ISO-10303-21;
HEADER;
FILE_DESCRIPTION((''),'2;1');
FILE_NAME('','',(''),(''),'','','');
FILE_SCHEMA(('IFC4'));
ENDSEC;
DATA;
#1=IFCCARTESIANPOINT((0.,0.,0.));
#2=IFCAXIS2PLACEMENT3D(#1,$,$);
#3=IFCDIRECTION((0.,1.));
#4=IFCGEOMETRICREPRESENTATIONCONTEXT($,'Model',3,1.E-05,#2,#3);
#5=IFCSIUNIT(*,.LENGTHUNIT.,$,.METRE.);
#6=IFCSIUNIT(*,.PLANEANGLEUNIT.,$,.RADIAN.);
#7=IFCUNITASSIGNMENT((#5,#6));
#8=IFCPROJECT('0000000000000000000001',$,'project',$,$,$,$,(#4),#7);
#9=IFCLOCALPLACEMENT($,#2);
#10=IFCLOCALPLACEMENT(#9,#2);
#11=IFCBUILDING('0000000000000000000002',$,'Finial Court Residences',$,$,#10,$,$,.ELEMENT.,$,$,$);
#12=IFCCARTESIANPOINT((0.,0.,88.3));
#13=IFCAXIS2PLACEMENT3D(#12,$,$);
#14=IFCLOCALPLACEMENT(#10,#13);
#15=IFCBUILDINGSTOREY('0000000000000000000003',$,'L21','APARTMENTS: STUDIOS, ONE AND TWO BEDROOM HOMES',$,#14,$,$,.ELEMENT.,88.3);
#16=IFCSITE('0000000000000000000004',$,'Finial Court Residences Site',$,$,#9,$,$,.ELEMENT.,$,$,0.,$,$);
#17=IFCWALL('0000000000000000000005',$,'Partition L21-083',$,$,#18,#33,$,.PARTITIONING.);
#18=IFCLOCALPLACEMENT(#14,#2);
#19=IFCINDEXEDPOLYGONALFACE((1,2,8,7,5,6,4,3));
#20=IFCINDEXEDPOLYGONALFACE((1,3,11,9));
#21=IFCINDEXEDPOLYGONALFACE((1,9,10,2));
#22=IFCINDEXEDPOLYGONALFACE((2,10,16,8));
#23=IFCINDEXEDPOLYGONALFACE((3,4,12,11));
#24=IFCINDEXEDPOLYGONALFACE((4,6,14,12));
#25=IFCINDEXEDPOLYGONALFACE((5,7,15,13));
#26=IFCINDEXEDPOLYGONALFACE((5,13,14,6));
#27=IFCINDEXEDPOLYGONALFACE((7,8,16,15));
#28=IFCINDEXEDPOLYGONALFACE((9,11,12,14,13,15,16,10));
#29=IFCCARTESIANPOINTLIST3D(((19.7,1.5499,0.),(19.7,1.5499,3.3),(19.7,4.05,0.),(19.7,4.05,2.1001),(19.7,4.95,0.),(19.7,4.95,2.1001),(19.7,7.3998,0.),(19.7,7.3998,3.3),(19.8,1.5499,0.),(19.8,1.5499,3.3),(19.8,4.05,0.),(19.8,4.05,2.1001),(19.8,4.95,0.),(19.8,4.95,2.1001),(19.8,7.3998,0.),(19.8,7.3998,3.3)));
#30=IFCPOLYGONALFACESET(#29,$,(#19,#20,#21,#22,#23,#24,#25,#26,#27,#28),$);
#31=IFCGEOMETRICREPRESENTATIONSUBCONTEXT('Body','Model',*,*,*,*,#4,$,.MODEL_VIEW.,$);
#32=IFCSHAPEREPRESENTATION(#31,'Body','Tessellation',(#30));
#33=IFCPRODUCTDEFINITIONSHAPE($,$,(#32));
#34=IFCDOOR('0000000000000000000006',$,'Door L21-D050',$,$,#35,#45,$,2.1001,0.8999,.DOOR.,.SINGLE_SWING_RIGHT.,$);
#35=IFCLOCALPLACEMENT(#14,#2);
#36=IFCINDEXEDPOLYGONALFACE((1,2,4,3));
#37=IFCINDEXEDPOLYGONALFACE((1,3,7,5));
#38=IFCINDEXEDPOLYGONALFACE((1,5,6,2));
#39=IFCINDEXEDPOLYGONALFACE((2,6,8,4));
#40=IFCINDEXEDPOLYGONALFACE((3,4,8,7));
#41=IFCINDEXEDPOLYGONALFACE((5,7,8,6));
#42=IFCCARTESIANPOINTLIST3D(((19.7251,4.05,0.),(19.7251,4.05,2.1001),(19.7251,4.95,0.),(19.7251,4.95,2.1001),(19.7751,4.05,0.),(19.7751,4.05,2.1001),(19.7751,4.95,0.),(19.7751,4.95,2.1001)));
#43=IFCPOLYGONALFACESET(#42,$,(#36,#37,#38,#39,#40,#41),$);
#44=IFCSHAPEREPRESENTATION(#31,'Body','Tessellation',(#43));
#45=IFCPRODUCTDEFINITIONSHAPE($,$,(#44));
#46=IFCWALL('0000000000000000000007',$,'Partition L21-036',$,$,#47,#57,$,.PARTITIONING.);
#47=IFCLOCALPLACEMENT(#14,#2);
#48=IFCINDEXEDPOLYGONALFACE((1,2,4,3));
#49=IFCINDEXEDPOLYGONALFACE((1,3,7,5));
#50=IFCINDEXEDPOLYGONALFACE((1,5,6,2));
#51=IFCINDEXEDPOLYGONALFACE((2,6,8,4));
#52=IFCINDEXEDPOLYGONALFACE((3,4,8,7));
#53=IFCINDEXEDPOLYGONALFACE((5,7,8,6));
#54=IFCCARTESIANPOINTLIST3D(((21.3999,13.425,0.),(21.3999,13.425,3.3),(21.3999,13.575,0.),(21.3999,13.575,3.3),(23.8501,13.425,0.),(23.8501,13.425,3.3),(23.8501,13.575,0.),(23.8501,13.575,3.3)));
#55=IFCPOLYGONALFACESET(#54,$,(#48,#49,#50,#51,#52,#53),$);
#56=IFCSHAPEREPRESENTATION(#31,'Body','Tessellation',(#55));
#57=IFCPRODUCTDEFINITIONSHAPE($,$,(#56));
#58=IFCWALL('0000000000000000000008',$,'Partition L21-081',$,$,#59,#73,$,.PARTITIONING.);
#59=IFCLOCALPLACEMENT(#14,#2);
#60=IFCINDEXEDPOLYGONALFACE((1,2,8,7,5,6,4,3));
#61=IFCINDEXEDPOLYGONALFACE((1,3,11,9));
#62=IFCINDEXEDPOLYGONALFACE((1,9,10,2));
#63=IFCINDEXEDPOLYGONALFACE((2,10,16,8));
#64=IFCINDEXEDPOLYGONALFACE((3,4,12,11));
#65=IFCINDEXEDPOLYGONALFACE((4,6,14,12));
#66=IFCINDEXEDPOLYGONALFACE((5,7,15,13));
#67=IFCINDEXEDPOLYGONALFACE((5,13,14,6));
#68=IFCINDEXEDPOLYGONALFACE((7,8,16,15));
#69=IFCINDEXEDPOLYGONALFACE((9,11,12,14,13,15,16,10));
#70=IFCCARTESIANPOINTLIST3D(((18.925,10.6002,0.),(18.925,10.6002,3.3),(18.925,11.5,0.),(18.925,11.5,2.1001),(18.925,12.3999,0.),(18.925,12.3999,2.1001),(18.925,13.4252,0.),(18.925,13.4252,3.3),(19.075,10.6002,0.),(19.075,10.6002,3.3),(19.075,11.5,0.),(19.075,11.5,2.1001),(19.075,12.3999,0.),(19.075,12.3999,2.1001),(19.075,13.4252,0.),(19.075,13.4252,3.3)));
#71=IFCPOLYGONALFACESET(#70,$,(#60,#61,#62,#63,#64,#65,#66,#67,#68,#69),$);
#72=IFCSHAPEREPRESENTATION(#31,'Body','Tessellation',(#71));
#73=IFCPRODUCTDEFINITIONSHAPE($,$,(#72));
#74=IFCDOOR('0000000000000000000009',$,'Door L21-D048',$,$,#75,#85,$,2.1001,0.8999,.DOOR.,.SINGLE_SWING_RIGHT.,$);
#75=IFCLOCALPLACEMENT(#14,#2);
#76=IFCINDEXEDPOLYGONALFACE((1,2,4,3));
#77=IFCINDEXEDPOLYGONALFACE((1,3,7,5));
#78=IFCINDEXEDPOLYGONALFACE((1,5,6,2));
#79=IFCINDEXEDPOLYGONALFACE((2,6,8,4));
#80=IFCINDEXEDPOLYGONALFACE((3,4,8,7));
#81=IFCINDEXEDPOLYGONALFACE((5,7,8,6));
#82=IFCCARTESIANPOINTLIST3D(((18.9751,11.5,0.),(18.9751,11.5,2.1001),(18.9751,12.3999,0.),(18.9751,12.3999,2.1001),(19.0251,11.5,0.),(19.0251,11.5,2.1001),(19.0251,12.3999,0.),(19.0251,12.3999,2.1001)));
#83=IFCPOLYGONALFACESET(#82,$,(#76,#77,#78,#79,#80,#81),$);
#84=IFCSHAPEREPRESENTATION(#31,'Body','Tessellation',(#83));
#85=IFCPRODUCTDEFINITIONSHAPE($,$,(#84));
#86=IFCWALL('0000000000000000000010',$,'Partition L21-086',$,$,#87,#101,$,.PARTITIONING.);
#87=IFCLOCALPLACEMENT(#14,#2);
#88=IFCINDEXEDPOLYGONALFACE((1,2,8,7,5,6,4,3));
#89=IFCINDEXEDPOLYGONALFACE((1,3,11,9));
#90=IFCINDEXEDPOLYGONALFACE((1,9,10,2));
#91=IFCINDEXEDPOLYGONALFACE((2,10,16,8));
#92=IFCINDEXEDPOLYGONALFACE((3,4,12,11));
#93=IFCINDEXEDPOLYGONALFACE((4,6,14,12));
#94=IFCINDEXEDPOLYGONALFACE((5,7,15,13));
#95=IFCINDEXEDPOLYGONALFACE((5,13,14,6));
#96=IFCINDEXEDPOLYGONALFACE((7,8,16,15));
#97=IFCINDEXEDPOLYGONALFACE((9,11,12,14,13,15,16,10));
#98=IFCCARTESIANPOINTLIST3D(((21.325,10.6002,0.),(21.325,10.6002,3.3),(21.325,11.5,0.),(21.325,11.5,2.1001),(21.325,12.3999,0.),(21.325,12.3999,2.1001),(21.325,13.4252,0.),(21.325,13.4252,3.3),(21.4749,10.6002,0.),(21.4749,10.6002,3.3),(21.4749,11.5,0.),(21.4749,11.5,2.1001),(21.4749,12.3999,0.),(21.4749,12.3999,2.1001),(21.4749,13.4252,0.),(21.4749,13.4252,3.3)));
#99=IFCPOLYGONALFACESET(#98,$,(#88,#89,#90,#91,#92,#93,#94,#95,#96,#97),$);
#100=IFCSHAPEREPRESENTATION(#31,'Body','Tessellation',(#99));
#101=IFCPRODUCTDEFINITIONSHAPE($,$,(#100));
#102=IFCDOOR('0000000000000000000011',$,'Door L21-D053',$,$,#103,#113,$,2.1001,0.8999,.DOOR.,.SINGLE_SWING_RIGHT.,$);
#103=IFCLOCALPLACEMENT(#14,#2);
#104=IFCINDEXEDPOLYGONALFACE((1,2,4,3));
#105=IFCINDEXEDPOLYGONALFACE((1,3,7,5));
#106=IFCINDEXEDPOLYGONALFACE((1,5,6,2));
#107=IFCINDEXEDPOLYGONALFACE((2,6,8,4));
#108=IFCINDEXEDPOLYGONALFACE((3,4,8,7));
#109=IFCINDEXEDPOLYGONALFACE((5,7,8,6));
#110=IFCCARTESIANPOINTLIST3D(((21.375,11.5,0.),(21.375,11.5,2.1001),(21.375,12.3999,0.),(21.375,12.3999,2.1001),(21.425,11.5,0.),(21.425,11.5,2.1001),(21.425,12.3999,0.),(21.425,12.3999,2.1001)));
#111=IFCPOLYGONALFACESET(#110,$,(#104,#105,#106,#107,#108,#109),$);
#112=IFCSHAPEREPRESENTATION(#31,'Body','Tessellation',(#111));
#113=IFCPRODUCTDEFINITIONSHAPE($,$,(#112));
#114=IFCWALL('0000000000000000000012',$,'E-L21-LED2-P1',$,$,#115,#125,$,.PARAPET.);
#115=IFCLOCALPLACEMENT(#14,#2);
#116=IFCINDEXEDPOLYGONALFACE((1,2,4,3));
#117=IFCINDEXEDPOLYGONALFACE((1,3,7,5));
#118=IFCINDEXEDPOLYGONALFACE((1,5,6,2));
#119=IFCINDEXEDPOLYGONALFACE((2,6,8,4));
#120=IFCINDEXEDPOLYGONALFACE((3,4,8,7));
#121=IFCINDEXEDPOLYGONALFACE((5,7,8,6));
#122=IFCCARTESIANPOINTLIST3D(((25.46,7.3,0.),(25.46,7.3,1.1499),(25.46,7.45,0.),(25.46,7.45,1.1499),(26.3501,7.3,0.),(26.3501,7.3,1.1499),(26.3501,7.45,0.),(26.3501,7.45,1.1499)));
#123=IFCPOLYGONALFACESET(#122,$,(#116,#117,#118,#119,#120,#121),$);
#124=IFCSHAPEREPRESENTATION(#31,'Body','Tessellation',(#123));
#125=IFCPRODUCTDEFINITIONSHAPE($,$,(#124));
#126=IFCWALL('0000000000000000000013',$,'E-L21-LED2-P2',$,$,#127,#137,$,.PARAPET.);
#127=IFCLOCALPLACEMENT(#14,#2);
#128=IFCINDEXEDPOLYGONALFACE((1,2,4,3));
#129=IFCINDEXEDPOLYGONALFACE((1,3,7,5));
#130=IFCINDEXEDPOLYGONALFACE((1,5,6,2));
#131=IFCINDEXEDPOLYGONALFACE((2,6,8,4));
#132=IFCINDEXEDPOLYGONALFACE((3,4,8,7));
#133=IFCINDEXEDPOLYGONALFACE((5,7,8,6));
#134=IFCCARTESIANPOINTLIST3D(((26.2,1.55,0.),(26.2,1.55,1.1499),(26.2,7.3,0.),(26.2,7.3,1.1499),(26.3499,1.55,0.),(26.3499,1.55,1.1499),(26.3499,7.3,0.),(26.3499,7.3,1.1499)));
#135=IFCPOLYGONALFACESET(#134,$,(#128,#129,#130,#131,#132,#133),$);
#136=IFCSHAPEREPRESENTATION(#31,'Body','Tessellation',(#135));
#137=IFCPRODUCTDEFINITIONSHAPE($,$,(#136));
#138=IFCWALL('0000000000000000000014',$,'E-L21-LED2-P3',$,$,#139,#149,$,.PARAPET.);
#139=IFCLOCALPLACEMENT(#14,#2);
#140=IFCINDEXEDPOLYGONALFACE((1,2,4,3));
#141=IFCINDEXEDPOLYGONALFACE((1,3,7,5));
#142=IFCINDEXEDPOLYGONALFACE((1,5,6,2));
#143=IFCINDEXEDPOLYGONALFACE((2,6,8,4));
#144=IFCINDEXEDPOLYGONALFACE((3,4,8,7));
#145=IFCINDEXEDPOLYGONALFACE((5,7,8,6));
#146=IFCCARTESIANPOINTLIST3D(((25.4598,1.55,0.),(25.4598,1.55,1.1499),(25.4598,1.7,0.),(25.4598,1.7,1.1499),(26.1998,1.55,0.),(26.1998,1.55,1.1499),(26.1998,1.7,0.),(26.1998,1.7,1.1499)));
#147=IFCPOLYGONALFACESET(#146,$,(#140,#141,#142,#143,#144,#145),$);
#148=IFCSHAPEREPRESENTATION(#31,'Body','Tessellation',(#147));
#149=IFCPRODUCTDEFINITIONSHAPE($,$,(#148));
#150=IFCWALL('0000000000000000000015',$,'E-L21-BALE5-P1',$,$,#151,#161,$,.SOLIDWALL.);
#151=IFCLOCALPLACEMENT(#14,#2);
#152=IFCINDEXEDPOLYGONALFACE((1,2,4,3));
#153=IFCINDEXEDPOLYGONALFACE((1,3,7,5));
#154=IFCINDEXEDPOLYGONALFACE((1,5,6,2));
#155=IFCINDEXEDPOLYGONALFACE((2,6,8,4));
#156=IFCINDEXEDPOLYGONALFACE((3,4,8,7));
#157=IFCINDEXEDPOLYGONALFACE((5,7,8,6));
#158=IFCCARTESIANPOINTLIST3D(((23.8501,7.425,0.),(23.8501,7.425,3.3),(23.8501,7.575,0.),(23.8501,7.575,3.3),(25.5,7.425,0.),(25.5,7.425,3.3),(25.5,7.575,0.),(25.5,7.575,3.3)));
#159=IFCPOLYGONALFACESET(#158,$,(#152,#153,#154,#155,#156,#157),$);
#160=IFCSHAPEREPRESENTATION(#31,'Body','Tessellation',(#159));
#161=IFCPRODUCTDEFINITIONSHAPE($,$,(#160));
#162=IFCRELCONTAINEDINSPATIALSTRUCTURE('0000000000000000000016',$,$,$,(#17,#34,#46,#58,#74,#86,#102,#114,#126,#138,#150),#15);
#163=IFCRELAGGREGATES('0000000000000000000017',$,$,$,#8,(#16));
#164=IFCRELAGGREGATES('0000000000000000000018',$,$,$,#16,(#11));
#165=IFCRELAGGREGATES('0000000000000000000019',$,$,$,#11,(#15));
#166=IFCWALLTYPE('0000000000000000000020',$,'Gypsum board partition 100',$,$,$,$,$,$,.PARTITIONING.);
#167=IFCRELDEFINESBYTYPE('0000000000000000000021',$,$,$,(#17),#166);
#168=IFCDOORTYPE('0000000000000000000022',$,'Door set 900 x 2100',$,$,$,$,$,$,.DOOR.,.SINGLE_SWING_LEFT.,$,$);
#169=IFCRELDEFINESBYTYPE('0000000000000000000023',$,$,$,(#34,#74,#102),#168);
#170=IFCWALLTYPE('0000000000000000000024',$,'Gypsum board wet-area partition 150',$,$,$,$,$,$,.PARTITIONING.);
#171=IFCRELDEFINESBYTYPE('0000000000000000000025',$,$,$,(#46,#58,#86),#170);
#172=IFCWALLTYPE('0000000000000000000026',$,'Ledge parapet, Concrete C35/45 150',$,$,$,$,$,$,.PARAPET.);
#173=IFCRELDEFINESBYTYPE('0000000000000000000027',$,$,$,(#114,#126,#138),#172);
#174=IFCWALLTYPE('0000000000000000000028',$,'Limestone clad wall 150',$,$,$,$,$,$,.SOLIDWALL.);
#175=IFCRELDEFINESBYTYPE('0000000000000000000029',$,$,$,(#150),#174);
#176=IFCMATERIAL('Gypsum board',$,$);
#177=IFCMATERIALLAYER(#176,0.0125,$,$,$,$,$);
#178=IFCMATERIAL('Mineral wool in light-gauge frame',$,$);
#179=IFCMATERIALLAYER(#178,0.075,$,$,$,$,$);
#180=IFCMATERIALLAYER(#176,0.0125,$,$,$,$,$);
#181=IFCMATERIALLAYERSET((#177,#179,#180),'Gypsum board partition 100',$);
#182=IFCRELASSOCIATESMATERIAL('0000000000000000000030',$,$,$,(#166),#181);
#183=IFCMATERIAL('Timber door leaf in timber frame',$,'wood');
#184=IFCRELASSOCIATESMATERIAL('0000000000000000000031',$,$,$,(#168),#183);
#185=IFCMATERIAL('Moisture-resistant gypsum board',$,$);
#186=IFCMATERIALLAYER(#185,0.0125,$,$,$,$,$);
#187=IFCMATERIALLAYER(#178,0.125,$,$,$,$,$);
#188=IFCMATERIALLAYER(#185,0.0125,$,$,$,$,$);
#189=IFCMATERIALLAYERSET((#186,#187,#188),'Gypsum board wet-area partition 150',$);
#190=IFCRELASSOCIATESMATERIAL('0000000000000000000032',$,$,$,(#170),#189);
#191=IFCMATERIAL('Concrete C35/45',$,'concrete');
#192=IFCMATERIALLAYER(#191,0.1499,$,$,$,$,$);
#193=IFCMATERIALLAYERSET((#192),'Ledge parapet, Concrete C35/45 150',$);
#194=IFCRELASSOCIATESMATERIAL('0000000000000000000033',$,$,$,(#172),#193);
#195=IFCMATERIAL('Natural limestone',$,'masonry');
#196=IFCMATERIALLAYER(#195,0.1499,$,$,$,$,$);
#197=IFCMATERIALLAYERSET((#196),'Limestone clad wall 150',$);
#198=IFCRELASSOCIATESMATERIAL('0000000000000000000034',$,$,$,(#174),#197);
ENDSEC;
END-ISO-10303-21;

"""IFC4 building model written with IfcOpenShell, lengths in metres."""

from ifc_helpers import new_model, si_unit, direction, frame, frame_2d, origin, place, context, subcontext, project, spatial, rectangle, extrude, material, layer, layer_set, type_object, element, fill, save


model = new_model("IFC4")

# Units and contexts
model_context = context("Model", 3, precision=1e-05, world=origin(), true_north=direction((0.0, 1.0)))
body_context = subcontext(model_context, "Body", "Model", "MODEL_VIEW")
ifc_project = project(units=[si_unit("LENGTHUNIT", "METRE"), si_unit("PLANEANGLEUNIT", "RADIAN")], contexts=[model_context])

# Site, building, storey
site_placement = place(None, origin())
site = spatial("IfcSite", under=ifc_project, at=site_placement, Name="Finial Court Residences Site", CompositionType="ELEMENT", RefElevation=0.0)
building_placement = place(site_placement, origin())
building = spatial("IfcBuilding", under=site, at=building_placement, Name="Finial Court Residences", CompositionType="ELEMENT")
storey_placement = place(building_placement, frame((0.0, 0.0, 88.3)))
storey = spatial("IfcBuildingStorey", under=building, at=storey_placement, Name="L21", Description="APARTMENTS: STUDIOS, ONE AND TWO BEDROOM HOMES", CompositionType="ELEMENT", Elevation=88.3)

# Wall, opening, door
ifc_material_1 = material(Name="Gypsum board")
ifc_layer_1 = layer(ifc_material_1, 0.0125)
ifc_material_2 = material(Name="Mineral wool in light-gauge frame")
ifc_layer_2 = layer(ifc_material_2, 0.075)
ifc_layer_3 = layer(ifc_material_1, 0.0125)
ifc_layer_set_1 = layer_set([ifc_layer_1, ifc_layer_2, ifc_layer_3], Name="Gypsum board partition 100")
wall_type_1 = type_object("IfcWallType", Name="Gypsum board partition 100", PredefinedType="PARTITIONING", material=ifc_layer_set_1)
ifc_material_3 = material(Name="Timber door leaf in timber frame", Category="wood")
door_type_1 = type_object("IfcDoorType", Name="Door set 900 x 2100", OperationType="SINGLE_SWING_LEFT", PredefinedType="DOOR", material=ifc_material_3)
wall_1_placement = place(storey_placement, frame((19.75, 1.55, 0.0), z_axis=(0.0, 0.0, 1.0), x_axis=(0.0, 1.0, 0.0)))
wall_1 = element("IfcWall", 1, at=wall_1_placement, inside=storey, type_object=wall_type_1, Name="Partition L21-083", PredefinedType="PARTITIONING", context=body_context, shape_type="SweptSolid", body=[
    extrude(rectangle(XDim=5.8499, YDim=0.1001, at=frame_2d((2.9248, 0.0))), origin(), (0.0, 0.0, 1.0), 3.3),
])
opening_1_placement = place(wall_1_placement, frame((2.5, 0.0, 0.0)))
opening_1 = element("IfcOpeningElement", 2, at=opening_1_placement, cuts=wall_1, PredefinedType="OPENING", context=body_context, shape_type="SweptSolid", body=[
    extrude(rectangle(XDim=0.8999, YDim=2.1001, at=frame_2d((0.45, 1.05))), frame((0.0, 0.0601, 0.0), z_axis=(0.0, -1.0, 0.0), x_axis=(1.0, 0.0, 0.0)), (0.0, 0.0, 1.0), 0.1201),
])
door_1_placement = place(opening_1_placement, origin())
door_1 = element("IfcDoor", 3, at=door_1_placement, inside=storey, type_object=door_type_1, Name="Door L21-D050", OperationType="SINGLE_SWING_RIGHT", OverallHeight=2.1001, OverallWidth=0.8999, PredefinedType="DOOR", context=body_context, shape_type="SweptSolid", body=[
    extrude(rectangle(XDim=0.8999, YDim=2.1001, at=frame_2d((0.45, 1.05))), frame((0.0, 0.0249, 0.0), z_axis=(0.0, -1.0, 0.0), x_axis=(1.0, 0.0, 0.0)), (0.0, 0.0, 1.0), 0.05),
])
fill(opening_1, door_1)

# Wall
ifc_material_4 = material(Name="Moisture-resistant gypsum board")
ifc_layer_4 = layer(ifc_material_4, 0.0125)
ifc_layer_5 = layer(ifc_material_2, 0.125)
ifc_layer_6 = layer(ifc_material_4, 0.0125)
ifc_layer_set_2 = layer_set([ifc_layer_4, ifc_layer_5, ifc_layer_6], Name="Gypsum board wet-area partition 150")
wall_type_2 = type_object("IfcWallType", Name="Gypsum board wet-area partition 150", PredefinedType="PARTITIONING", material=ifc_layer_set_2)
wall_2_placement = place(storey_placement, frame((21.3999, 13.5, 0.0), z_axis=(0.0, 0.0, 1.0), x_axis=(1.0, 0.0, 0.0)))
element("IfcWall", 4, at=wall_2_placement, inside=storey, type_object=wall_type_2, Name="Partition L21-036", PredefinedType="PARTITIONING", context=body_context, shape_type="SweptSolid", body=[
    extrude(rectangle(XDim=2.4502, YDim=0.1499, at=frame_2d((1.2251, 0.0))), origin(), (0.0, 0.0, 1.0), 3.3),
])

# Walls, openings, doors
wall_3_placement = place(storey_placement, frame((19.0, 10.6001, 0.0), z_axis=(0.0, 0.0, 1.0), x_axis=(0.0, 1.0, 0.0)))
wall_3 = element("IfcWall", 5, at=wall_3_placement, inside=storey, type_object=wall_type_2, Name="Partition L21-081", PredefinedType="PARTITIONING", context=body_context, shape_type="SweptSolid", body=[
    extrude(rectangle(XDim=2.825, YDim=0.1499, at=frame_2d((1.4126, 0.0))), origin(), (0.0, 0.0, 1.0), 3.3),
])
opening_2_placement = place(wall_3_placement, frame((0.8999, 0.0, 0.0)))
opening_2 = element("IfcOpeningElement", 6, at=opening_2_placement, cuts=wall_3, PredefinedType="OPENING", context=body_context, shape_type="SweptSolid", body=[
    extrude(rectangle(XDim=0.8999, YDim=2.1001, at=frame_2d((0.45, 1.05))), frame((0.0, 0.085, 0.0), z_axis=(0.0, -1.0, 0.0), x_axis=(1.0, 0.0, 0.0)), (0.0, 0.0, 1.0), 0.1699),
])
door_2_placement = place(opening_2_placement, origin())
door_2 = element("IfcDoor", 7, at=door_2_placement, inside=storey, type_object=door_type_1, Name="Door L21-D048", OperationType="SINGLE_SWING_RIGHT", OverallHeight=2.1001, OverallWidth=0.8999, PredefinedType="DOOR", context=body_context, shape_type="SweptSolid", body=[
    extrude(rectangle(XDim=0.8999, YDim=2.1001, at=frame_2d((0.45, 1.05))), frame((0.0, 0.0249, 0.0), z_axis=(0.0, -1.0, 0.0), x_axis=(1.0, 0.0, 0.0)), (0.0, 0.0, 1.0), 0.05),
])
fill(opening_2, door_2)
wall_4_placement = place(storey_placement, frame((21.3999, 10.6001, 0.0), z_axis=(0.0, 0.0, 1.0), x_axis=(0.0, 1.0, 0.0)))
wall_4 = element("IfcWall", 8, at=wall_4_placement, inside=storey, type_object=wall_type_2, Name="Partition L21-086", PredefinedType="PARTITIONING", context=body_context, shape_type="SweptSolid", body=[
    extrude(rectangle(XDim=2.825, YDim=0.1499, at=frame_2d((1.4126, 0.0))), origin(), (0.0, 0.0, 1.0), 3.3),
])
opening_3_placement = place(wall_4_placement, frame((0.8999, 0.0, 0.0)))
opening_3 = element("IfcOpeningElement", 9, at=opening_3_placement, cuts=wall_4, PredefinedType="OPENING", context=body_context, shape_type="SweptSolid", body=[
    extrude(rectangle(XDim=0.8999, YDim=2.1001, at=frame_2d((0.45, 1.05))), frame((0.0, 0.085, 0.0), z_axis=(0.0, -1.0, 0.0), x_axis=(1.0, 0.0, 0.0)), (0.0, 0.0, 1.0), 0.1699),
])
door_3_placement = place(opening_3_placement, origin())
door_3 = element("IfcDoor", 10, at=door_3_placement, inside=storey, type_object=door_type_1, Name="Door L21-D053", OperationType="SINGLE_SWING_RIGHT", OverallHeight=2.1001, OverallWidth=0.8999, PredefinedType="DOOR", context=body_context, shape_type="SweptSolid", body=[
    extrude(rectangle(XDim=0.8999, YDim=2.1001, at=frame_2d((0.45, 1.05))), frame((0.0, 0.0249, 0.0), z_axis=(0.0, -1.0, 0.0), x_axis=(1.0, 0.0, 0.0)), (0.0, 0.0, 1.0), 0.05),
])
fill(opening_3, door_3)

# Walls
ifc_material_5 = material(Name="Concrete C35/45", Category="concrete")
ifc_layer_7 = layer(ifc_material_5, 0.1499)
ifc_layer_set_3 = layer_set([ifc_layer_7], Name="Ledge parapet, Concrete C35/45 150")
wall_type_3 = type_object("IfcWallType", Name="Ledge parapet, Concrete C35/45 150", PredefinedType="PARAPET", material=ifc_layer_set_3)
wall_5_placement = place(storey_placement, frame((25.46, 7.375, 0.0), z_axis=(0.0, 0.0, 1.0), x_axis=(1.0, 0.0, 0.0)))
element("IfcWall", 11, at=wall_5_placement, inside=storey, type_object=wall_type_3, Name="E-L21-LED2-P1", PredefinedType="PARAPET", context=body_context, shape_type="SweptSolid", body=[
    extrude(rectangle(XDim=0.8901, YDim=0.1499, at=frame_2d((0.4451, 0.0))), origin(), (0.0, 0.0, 1.0), 1.1499),
])
wall_6_placement = place(storey_placement, frame((26.2749, 7.3, 0.0), z_axis=(0.0, 0.0, 1.0), x_axis=(0.0, -1.0, 0.0)))
element("IfcWall", 12, at=wall_6_placement, inside=storey, type_object=wall_type_3, Name="E-L21-LED2-P2", PredefinedType="PARAPET", context=body_context, shape_type="SweptSolid", body=[
    extrude(rectangle(XDim=5.75, YDim=0.1499, at=frame_2d((2.875, 0.0))), origin(), (0.0, 0.0, 1.0), 1.1499),
])
wall_7_placement = place(storey_placement, frame((26.2, 1.625, 0.0), z_axis=(0.0, 0.0, 1.0), x_axis=(-1.0, 0.0, 0.0)))
element("IfcWall", 13, at=wall_7_placement, inside=storey, type_object=wall_type_3, Name="E-L21-LED2-P3", PredefinedType="PARAPET", context=body_context, shape_type="SweptSolid", body=[
    extrude(rectangle(XDim=0.74, YDim=0.1499, at=frame_2d((0.3701, 0.0))), origin(), (0.0, 0.0, 1.0), 1.1499),
])
ifc_material_6 = material(Name="Natural limestone", Category="masonry")
ifc_layer_8 = layer(ifc_material_6, 0.1499)
ifc_layer_set_4 = layer_set([ifc_layer_8], Name="Limestone clad wall 150")
wall_type_4 = type_object("IfcWallType", Name="Limestone clad wall 150", PredefinedType="SOLIDWALL", material=ifc_layer_set_4)
wall_8_placement = place(storey_placement, frame((23.8501, 7.5, 0.0), z_axis=(0.0, 0.0, 1.0), x_axis=(1.0, 0.0, 0.0)))
element("IfcWall", 14, at=wall_8_placement, inside=storey, type_object=wall_type_4, Name="E-L21-BALE5-P1", PredefinedType="SOLIDWALL", context=body_context, shape_type="SweptSolid", body=[
    extrude(rectangle(XDim=1.6499, YDim=0.1499, at=frame_2d((0.825, 0.0))), origin(), (0.0, 0.0, 1.0), 3.3),
])

save(model, "model.ifc")
